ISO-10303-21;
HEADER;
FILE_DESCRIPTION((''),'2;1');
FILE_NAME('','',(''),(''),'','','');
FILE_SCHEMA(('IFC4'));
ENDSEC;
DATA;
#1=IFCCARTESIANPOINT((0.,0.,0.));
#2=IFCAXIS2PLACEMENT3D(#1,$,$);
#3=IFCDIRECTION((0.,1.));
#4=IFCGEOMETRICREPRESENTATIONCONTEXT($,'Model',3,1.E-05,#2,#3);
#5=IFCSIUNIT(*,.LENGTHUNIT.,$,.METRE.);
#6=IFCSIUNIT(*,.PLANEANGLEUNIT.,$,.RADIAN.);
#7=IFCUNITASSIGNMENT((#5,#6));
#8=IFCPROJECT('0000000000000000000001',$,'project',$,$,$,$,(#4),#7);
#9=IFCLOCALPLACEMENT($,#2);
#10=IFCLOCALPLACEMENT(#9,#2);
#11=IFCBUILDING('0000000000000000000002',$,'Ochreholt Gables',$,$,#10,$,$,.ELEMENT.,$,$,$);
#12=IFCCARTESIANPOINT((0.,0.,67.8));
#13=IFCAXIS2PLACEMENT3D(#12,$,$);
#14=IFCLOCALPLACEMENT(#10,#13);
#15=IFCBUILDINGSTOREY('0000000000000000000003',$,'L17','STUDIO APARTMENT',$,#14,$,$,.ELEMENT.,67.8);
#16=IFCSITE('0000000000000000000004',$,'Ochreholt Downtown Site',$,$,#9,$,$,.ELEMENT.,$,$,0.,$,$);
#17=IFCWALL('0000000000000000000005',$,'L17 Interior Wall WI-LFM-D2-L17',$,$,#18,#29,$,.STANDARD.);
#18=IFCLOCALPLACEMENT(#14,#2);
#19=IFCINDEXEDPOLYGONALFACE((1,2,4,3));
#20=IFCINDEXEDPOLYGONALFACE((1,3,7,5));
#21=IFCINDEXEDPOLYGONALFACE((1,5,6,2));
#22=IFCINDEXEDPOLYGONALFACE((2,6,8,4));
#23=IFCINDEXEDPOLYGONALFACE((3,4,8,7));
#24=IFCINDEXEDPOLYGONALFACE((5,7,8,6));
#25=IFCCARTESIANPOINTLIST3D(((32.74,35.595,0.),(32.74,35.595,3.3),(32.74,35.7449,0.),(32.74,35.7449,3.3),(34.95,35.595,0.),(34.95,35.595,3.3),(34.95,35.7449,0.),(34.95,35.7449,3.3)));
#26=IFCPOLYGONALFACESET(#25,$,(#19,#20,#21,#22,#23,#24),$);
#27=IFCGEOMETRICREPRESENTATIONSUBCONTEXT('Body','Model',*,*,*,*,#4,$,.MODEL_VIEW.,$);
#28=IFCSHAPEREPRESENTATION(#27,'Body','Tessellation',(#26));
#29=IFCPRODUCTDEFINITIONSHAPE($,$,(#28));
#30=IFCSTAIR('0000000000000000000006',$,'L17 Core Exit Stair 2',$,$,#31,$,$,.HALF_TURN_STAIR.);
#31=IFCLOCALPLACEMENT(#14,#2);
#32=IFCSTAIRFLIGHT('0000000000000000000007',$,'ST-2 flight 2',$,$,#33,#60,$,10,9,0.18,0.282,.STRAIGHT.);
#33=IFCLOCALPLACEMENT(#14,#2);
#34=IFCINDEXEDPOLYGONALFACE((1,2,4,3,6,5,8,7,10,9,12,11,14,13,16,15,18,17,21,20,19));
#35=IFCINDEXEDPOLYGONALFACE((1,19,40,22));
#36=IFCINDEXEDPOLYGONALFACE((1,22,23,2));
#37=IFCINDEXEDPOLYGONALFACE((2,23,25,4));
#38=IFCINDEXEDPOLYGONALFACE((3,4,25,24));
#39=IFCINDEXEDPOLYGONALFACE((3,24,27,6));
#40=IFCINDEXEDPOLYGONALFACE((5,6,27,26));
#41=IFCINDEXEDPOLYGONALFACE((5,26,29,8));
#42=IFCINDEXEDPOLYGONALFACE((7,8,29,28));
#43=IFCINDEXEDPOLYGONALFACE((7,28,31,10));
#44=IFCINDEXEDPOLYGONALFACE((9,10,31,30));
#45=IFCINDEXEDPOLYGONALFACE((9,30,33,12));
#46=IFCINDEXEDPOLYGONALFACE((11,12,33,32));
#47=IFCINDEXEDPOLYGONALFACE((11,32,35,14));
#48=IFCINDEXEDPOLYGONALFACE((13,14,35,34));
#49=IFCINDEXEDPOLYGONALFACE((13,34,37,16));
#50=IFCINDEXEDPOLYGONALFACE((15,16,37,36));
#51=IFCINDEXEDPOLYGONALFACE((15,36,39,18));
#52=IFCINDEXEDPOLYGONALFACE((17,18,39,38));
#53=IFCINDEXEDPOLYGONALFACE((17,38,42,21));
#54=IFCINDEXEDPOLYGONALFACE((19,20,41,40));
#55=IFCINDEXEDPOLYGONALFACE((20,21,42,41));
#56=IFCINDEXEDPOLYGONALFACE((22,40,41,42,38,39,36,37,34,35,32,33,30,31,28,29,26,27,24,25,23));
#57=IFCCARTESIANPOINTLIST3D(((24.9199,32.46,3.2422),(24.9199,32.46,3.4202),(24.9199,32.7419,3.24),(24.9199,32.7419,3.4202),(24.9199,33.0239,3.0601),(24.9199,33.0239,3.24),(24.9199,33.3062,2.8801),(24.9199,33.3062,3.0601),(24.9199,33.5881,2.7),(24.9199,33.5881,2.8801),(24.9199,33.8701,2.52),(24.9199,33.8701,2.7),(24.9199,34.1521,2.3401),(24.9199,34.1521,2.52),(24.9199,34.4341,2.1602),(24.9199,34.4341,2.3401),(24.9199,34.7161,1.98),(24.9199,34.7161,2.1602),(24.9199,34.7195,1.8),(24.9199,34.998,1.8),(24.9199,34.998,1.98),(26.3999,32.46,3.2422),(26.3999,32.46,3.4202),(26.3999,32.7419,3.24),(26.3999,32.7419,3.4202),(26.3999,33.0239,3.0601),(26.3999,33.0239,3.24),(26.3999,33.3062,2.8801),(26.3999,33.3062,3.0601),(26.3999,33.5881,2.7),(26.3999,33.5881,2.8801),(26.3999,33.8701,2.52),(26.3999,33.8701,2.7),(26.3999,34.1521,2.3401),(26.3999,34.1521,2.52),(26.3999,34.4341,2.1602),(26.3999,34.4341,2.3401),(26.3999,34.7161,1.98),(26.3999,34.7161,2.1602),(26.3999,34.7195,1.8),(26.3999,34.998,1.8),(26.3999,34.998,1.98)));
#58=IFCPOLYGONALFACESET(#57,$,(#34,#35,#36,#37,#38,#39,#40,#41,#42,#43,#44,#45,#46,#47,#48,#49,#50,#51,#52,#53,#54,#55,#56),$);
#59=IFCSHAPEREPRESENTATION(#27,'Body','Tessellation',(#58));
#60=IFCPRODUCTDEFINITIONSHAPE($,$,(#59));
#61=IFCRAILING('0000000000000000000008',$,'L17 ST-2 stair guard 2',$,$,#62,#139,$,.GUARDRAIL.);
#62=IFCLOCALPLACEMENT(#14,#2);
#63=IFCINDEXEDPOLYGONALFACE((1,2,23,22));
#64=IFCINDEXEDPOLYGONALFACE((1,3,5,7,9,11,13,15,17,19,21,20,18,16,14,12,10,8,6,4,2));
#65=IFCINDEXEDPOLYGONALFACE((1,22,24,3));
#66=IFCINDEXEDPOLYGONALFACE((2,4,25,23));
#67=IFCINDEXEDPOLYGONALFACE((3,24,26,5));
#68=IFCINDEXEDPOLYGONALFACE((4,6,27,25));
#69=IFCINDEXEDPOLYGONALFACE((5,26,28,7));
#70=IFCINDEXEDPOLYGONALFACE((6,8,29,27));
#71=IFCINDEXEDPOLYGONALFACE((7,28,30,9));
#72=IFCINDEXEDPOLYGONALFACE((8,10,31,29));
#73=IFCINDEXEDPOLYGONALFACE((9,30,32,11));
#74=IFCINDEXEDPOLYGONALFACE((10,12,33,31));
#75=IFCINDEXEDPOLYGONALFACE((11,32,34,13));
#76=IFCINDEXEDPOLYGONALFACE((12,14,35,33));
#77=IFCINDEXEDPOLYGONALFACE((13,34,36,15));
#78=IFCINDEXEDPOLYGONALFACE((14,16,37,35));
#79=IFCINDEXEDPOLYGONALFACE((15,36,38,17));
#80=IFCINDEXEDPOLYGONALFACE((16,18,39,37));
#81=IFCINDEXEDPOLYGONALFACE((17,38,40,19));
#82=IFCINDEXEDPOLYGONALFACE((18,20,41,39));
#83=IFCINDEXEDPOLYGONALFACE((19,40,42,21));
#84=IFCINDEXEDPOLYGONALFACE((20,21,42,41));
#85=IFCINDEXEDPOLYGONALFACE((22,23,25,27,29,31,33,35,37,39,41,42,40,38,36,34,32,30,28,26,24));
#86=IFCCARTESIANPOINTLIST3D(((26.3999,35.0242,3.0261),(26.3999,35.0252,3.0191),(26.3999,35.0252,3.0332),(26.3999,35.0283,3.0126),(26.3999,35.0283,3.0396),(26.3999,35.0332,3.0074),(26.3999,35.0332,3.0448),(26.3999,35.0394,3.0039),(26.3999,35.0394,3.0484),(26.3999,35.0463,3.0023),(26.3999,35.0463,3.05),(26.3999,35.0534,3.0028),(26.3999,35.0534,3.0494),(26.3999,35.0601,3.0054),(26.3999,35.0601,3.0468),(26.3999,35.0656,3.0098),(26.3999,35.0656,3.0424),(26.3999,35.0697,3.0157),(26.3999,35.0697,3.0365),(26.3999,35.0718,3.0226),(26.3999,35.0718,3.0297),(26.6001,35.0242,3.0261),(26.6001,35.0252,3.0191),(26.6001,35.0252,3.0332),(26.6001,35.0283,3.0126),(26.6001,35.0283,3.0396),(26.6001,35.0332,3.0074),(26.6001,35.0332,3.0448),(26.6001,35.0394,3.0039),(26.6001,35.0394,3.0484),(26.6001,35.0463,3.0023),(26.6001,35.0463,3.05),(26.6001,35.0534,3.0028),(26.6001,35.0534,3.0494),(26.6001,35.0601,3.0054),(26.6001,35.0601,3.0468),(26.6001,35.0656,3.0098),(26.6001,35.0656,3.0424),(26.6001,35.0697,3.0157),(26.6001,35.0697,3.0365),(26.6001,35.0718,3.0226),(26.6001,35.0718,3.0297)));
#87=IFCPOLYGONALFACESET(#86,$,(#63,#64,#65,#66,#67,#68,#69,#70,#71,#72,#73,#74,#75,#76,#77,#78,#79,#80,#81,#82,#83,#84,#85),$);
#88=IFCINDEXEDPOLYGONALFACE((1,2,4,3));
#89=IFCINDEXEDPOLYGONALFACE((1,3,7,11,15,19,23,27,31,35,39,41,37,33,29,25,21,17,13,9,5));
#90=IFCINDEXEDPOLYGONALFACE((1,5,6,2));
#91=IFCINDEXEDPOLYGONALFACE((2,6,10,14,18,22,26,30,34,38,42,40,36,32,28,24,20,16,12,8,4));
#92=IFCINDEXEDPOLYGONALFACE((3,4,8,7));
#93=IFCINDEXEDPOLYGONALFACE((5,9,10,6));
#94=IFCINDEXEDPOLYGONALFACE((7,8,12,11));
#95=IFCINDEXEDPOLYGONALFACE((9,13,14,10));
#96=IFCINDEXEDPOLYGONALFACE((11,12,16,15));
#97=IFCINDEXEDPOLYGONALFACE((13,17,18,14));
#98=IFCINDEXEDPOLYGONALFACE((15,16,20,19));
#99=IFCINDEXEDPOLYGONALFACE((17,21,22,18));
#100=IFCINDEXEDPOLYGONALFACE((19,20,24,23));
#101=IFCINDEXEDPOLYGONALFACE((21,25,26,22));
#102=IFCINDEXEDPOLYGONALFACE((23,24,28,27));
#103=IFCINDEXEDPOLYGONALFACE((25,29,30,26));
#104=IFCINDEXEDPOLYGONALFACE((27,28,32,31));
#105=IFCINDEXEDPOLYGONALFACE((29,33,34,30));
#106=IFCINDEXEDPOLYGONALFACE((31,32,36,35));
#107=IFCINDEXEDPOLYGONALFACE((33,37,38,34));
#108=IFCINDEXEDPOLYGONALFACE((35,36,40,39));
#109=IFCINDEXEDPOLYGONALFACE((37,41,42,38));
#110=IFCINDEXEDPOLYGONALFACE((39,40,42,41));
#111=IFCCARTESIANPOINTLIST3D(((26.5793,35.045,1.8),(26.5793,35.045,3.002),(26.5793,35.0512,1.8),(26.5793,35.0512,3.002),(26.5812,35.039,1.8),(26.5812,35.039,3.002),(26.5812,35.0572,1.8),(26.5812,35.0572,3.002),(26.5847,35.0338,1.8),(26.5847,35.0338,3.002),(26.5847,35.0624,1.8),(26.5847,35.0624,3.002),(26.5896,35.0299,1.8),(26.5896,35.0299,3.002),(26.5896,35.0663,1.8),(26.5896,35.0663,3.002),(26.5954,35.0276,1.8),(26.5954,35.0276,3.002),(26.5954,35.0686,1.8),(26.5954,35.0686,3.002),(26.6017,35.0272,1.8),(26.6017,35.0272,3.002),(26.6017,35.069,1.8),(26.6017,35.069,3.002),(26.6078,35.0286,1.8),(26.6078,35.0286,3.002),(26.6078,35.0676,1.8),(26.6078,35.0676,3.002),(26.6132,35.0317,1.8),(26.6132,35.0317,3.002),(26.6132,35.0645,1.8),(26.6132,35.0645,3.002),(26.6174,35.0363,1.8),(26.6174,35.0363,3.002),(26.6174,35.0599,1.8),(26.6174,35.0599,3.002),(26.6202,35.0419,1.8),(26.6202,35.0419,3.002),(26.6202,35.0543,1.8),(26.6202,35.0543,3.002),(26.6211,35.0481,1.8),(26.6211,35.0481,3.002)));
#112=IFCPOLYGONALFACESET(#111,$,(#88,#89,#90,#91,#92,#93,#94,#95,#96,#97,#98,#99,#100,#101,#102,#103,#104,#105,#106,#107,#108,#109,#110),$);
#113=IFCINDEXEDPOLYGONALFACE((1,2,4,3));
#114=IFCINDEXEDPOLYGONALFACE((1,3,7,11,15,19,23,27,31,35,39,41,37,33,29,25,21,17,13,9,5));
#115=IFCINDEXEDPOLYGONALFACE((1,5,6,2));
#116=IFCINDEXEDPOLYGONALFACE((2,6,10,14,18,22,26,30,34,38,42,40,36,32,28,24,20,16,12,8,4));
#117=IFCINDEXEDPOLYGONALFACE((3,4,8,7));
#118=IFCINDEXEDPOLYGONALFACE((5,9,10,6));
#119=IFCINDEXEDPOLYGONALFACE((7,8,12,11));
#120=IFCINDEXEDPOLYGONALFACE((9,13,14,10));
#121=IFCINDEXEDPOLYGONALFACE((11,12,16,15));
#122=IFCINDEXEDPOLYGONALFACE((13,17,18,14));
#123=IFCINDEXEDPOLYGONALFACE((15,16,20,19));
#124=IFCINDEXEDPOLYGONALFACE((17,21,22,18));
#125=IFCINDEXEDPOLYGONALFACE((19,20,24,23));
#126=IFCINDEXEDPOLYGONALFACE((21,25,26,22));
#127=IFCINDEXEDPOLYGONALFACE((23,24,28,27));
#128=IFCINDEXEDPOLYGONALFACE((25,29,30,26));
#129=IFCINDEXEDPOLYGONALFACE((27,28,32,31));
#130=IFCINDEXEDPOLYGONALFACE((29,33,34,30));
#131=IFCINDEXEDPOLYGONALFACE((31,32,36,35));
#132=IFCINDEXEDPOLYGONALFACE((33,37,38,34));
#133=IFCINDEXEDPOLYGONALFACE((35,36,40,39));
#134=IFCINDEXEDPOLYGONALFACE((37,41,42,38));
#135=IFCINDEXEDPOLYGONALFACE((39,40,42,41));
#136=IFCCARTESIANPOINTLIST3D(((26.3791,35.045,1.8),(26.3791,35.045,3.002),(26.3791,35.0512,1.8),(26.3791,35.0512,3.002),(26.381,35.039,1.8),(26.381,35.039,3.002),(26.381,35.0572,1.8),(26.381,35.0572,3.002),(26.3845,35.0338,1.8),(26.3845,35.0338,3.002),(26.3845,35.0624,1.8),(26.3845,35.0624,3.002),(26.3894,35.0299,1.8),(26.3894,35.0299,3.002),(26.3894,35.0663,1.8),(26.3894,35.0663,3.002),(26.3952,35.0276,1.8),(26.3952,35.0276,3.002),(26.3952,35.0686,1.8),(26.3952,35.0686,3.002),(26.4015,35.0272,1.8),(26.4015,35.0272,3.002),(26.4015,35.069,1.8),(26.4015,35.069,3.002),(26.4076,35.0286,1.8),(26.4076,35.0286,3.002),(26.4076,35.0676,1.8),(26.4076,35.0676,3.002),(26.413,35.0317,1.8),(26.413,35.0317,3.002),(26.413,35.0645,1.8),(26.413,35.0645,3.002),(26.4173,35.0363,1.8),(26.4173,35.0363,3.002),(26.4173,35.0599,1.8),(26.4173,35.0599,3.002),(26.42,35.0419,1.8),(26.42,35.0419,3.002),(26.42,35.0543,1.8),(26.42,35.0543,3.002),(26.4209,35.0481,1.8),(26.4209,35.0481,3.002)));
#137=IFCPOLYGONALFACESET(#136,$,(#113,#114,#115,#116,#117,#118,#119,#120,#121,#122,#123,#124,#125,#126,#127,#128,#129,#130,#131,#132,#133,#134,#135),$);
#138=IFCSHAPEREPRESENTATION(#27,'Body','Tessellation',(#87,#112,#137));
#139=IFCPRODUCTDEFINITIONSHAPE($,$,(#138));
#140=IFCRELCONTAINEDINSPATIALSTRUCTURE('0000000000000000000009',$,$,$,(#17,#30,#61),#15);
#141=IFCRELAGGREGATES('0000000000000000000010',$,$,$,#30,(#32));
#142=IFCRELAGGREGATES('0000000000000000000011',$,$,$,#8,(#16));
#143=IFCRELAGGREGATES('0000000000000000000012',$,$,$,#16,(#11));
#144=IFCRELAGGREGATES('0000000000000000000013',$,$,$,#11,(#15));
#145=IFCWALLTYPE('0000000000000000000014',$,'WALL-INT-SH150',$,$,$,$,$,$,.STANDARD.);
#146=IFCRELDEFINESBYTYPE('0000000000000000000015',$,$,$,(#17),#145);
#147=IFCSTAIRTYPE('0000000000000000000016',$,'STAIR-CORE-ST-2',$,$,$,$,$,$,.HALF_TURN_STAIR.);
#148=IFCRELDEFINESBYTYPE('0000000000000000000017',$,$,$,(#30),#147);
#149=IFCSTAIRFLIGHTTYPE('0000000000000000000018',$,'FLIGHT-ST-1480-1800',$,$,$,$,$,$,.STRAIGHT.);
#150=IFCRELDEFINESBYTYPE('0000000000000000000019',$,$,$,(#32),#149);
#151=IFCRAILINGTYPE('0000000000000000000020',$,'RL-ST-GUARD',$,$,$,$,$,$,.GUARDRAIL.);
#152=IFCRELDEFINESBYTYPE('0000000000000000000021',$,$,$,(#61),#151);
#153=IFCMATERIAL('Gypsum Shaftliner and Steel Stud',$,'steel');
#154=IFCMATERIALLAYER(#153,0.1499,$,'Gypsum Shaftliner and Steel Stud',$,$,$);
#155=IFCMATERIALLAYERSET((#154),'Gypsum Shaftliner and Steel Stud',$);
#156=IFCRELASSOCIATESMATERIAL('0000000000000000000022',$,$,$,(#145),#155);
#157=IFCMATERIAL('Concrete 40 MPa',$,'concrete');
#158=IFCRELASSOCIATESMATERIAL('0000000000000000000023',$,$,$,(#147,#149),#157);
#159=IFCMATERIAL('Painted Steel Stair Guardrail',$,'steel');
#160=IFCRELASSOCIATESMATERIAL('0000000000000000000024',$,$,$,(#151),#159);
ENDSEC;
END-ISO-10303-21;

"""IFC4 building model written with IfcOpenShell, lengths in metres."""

from ifc_helpers import new_model, si_unit, direction, frame, frame_2d, origin, origin_2d, place, context, subcontext, project, spatial, polyline, rectangle, circle, outline, extrude, material, layer, layer_set, type_object, element, aggregate, save


model = new_model("IFC4")

# Units and contexts
model_context = context("Model", 3, precision=1e-05, world=origin(), true_north=direction((0.0, 1.0)))
body_context = subcontext(model_context, "Body", "Model", "MODEL_VIEW")
ifc_project = project(units=[si_unit("LENGTHUNIT", "METRE"), si_unit("PLANEANGLEUNIT", "RADIAN")], contexts=[model_context])

# Site, building, storey
site_placement = place(None, origin())
site = spatial("IfcSite", under=ifc_project, at=site_placement, Name="Ochreholt Downtown Site", CompositionType="ELEMENT", RefElevation=0.0)
building_placement = place(site_placement, origin())
building = spatial("IfcBuilding", under=site, at=building_placement, Name="Ochreholt Gables", CompositionType="ELEMENT")
storey_placement = place(building_placement, frame((0.0, 0.0, 67.8)))
storey = spatial("IfcBuildingStorey", under=building, at=storey_placement, Name="L17", Description="STUDIO APARTMENT", CompositionType="ELEMENT", Elevation=67.8)

# Wall
ifc_material_1 = material(Name="Gypsum Shaftliner and Steel Stud", Category="steel")
ifc_layer_1 = layer(ifc_material_1, 0.1499, Name="Gypsum Shaftliner and Steel Stud")
ifc_layer_set_1 = layer_set([ifc_layer_1], Name="Gypsum Shaftliner and Steel Stud")
wall_type_1 = type_object("IfcWallType", Name="WALL-INT-SH150", PredefinedType="STANDARD", material=ifc_layer_set_1)
wall_1_placement = place(storey_placement, frame((32.74, 35.6699, 0.0), z_axis=(0.0, 0.0, 1.0), x_axis=(1.0, 0.0, 0.0)))
element("IfcWall", 1, at=wall_1_placement, inside=storey, type_object=wall_type_1, Name="L17 Interior Wall WI-LFM-D2-L17", PredefinedType="STANDARD", context=body_context, shape_type="SweptSolid", body=[
    extrude(rectangle(XDim=2.21, YDim=0.1499, at=frame_2d((1.105, 0.0))), origin(), (0.0, 0.0, 1.0), 3.3),
])

# Stair, stair flight
ifc_material_2 = material(Name="Concrete 40 MPa", Category="concrete")
stair_type = type_object("IfcStairType", Name="STAIR-CORE-ST-2", PredefinedType="HALF_TURN_STAIR", material=ifc_material_2)
stair_placement = place(storey_placement, origin())
stair = element("IfcStair", 2, at=stair_placement, inside=storey, type_object=stair_type, Name="L17 Core Exit Stair 2", PredefinedType="HALF_TURN_STAIR")
stair_flight_type = type_object("IfcStairFlightType", Name="FLIGHT-ST-1480-1800", PredefinedType="STRAIGHT", material=ifc_material_2)
stair_flight_placement = place(storey_placement, frame((25.6599, 34.998, 1.8), z_axis=(0.0, 0.0, 1.0), x_axis=(0.0, -1.0, 0.0)))
stair_flight = element("IfcStairFlight", 3, at=stair_flight_placement, type_object=stair_flight_type, Name="ST-2 flight 2", NumberOfRisers=10, NumberOfTreads=9, PredefinedType="STRAIGHT", RiserHeight=0.18, TreadLength=0.282, context=body_context, shape_type="SweptSolid", body=[
    extrude(outline(polyline([(0.0, 0.0), (0.0, 0.1799), (0.282, 0.1799), (0.282, 0.3601), (0.564, 0.3601), (0.564, 0.54), (0.8459, 0.54), (0.8459, 0.72), (1.1279, 0.72), (1.1279, 0.8999), (1.4099, 0.8999), (1.4099, 1.0801), (1.6919, 1.0801), (1.6919, 1.26), (1.9741, 1.26), (1.9741, 1.4399), (2.2561, 1.4399), (2.2561, 1.6201), (2.5381, 1.6201), (2.5381, 1.8), (2.5381, 1.4421), (0.2786, 0.0), (0.0, 0.0)])), frame((0.0, 0.74, 0.0), z_axis=(0.0, -1.0, 0.0), x_axis=(1.0, 0.0, 0.0)), (0.0, 0.0, 1.0), 1.48),
])
aggregate(stair, [stair_flight])

# Railing
ifc_material_3 = material(Name="Painted Steel Stair Guardrail", Category="steel")
railing_type_1 = type_object("IfcRailingType", Name="RL-ST-GUARD", PredefinedType="GUARDRAIL", material=ifc_material_3)
railing_1_placement = place(storey_placement, frame((26.6001, 35.0481, 1.8)))
element("IfcRailing", 4, at=railing_1_placement, inside=storey, type_object=railing_type_1, Name="L17 ST-2 stair guard 2", PredefinedType="GUARDRAIL", context=body_context, shape_type="SweptSolid", body=[
    extrude(circle(Radius=0.0239, at=origin_2d()), frame((0.0, 0.0, 1.2261), z_axis=(-1.0, 0.0, 0.0), x_axis=(0.0, -1.0, 0.0)), (0.0, 0.0, 1.0), 0.2002),
    extrude(circle(Radius=0.021, at=origin_2d()), origin(), (0.0, 0.0, 1.0), 1.2019),
    extrude(circle(Radius=0.021, at=origin_2d()), frame((-0.2002, 0.0, 0.0)), (0.0, 0.0, 1.0), 1.2019),
])

save(model, "model.ifc")
